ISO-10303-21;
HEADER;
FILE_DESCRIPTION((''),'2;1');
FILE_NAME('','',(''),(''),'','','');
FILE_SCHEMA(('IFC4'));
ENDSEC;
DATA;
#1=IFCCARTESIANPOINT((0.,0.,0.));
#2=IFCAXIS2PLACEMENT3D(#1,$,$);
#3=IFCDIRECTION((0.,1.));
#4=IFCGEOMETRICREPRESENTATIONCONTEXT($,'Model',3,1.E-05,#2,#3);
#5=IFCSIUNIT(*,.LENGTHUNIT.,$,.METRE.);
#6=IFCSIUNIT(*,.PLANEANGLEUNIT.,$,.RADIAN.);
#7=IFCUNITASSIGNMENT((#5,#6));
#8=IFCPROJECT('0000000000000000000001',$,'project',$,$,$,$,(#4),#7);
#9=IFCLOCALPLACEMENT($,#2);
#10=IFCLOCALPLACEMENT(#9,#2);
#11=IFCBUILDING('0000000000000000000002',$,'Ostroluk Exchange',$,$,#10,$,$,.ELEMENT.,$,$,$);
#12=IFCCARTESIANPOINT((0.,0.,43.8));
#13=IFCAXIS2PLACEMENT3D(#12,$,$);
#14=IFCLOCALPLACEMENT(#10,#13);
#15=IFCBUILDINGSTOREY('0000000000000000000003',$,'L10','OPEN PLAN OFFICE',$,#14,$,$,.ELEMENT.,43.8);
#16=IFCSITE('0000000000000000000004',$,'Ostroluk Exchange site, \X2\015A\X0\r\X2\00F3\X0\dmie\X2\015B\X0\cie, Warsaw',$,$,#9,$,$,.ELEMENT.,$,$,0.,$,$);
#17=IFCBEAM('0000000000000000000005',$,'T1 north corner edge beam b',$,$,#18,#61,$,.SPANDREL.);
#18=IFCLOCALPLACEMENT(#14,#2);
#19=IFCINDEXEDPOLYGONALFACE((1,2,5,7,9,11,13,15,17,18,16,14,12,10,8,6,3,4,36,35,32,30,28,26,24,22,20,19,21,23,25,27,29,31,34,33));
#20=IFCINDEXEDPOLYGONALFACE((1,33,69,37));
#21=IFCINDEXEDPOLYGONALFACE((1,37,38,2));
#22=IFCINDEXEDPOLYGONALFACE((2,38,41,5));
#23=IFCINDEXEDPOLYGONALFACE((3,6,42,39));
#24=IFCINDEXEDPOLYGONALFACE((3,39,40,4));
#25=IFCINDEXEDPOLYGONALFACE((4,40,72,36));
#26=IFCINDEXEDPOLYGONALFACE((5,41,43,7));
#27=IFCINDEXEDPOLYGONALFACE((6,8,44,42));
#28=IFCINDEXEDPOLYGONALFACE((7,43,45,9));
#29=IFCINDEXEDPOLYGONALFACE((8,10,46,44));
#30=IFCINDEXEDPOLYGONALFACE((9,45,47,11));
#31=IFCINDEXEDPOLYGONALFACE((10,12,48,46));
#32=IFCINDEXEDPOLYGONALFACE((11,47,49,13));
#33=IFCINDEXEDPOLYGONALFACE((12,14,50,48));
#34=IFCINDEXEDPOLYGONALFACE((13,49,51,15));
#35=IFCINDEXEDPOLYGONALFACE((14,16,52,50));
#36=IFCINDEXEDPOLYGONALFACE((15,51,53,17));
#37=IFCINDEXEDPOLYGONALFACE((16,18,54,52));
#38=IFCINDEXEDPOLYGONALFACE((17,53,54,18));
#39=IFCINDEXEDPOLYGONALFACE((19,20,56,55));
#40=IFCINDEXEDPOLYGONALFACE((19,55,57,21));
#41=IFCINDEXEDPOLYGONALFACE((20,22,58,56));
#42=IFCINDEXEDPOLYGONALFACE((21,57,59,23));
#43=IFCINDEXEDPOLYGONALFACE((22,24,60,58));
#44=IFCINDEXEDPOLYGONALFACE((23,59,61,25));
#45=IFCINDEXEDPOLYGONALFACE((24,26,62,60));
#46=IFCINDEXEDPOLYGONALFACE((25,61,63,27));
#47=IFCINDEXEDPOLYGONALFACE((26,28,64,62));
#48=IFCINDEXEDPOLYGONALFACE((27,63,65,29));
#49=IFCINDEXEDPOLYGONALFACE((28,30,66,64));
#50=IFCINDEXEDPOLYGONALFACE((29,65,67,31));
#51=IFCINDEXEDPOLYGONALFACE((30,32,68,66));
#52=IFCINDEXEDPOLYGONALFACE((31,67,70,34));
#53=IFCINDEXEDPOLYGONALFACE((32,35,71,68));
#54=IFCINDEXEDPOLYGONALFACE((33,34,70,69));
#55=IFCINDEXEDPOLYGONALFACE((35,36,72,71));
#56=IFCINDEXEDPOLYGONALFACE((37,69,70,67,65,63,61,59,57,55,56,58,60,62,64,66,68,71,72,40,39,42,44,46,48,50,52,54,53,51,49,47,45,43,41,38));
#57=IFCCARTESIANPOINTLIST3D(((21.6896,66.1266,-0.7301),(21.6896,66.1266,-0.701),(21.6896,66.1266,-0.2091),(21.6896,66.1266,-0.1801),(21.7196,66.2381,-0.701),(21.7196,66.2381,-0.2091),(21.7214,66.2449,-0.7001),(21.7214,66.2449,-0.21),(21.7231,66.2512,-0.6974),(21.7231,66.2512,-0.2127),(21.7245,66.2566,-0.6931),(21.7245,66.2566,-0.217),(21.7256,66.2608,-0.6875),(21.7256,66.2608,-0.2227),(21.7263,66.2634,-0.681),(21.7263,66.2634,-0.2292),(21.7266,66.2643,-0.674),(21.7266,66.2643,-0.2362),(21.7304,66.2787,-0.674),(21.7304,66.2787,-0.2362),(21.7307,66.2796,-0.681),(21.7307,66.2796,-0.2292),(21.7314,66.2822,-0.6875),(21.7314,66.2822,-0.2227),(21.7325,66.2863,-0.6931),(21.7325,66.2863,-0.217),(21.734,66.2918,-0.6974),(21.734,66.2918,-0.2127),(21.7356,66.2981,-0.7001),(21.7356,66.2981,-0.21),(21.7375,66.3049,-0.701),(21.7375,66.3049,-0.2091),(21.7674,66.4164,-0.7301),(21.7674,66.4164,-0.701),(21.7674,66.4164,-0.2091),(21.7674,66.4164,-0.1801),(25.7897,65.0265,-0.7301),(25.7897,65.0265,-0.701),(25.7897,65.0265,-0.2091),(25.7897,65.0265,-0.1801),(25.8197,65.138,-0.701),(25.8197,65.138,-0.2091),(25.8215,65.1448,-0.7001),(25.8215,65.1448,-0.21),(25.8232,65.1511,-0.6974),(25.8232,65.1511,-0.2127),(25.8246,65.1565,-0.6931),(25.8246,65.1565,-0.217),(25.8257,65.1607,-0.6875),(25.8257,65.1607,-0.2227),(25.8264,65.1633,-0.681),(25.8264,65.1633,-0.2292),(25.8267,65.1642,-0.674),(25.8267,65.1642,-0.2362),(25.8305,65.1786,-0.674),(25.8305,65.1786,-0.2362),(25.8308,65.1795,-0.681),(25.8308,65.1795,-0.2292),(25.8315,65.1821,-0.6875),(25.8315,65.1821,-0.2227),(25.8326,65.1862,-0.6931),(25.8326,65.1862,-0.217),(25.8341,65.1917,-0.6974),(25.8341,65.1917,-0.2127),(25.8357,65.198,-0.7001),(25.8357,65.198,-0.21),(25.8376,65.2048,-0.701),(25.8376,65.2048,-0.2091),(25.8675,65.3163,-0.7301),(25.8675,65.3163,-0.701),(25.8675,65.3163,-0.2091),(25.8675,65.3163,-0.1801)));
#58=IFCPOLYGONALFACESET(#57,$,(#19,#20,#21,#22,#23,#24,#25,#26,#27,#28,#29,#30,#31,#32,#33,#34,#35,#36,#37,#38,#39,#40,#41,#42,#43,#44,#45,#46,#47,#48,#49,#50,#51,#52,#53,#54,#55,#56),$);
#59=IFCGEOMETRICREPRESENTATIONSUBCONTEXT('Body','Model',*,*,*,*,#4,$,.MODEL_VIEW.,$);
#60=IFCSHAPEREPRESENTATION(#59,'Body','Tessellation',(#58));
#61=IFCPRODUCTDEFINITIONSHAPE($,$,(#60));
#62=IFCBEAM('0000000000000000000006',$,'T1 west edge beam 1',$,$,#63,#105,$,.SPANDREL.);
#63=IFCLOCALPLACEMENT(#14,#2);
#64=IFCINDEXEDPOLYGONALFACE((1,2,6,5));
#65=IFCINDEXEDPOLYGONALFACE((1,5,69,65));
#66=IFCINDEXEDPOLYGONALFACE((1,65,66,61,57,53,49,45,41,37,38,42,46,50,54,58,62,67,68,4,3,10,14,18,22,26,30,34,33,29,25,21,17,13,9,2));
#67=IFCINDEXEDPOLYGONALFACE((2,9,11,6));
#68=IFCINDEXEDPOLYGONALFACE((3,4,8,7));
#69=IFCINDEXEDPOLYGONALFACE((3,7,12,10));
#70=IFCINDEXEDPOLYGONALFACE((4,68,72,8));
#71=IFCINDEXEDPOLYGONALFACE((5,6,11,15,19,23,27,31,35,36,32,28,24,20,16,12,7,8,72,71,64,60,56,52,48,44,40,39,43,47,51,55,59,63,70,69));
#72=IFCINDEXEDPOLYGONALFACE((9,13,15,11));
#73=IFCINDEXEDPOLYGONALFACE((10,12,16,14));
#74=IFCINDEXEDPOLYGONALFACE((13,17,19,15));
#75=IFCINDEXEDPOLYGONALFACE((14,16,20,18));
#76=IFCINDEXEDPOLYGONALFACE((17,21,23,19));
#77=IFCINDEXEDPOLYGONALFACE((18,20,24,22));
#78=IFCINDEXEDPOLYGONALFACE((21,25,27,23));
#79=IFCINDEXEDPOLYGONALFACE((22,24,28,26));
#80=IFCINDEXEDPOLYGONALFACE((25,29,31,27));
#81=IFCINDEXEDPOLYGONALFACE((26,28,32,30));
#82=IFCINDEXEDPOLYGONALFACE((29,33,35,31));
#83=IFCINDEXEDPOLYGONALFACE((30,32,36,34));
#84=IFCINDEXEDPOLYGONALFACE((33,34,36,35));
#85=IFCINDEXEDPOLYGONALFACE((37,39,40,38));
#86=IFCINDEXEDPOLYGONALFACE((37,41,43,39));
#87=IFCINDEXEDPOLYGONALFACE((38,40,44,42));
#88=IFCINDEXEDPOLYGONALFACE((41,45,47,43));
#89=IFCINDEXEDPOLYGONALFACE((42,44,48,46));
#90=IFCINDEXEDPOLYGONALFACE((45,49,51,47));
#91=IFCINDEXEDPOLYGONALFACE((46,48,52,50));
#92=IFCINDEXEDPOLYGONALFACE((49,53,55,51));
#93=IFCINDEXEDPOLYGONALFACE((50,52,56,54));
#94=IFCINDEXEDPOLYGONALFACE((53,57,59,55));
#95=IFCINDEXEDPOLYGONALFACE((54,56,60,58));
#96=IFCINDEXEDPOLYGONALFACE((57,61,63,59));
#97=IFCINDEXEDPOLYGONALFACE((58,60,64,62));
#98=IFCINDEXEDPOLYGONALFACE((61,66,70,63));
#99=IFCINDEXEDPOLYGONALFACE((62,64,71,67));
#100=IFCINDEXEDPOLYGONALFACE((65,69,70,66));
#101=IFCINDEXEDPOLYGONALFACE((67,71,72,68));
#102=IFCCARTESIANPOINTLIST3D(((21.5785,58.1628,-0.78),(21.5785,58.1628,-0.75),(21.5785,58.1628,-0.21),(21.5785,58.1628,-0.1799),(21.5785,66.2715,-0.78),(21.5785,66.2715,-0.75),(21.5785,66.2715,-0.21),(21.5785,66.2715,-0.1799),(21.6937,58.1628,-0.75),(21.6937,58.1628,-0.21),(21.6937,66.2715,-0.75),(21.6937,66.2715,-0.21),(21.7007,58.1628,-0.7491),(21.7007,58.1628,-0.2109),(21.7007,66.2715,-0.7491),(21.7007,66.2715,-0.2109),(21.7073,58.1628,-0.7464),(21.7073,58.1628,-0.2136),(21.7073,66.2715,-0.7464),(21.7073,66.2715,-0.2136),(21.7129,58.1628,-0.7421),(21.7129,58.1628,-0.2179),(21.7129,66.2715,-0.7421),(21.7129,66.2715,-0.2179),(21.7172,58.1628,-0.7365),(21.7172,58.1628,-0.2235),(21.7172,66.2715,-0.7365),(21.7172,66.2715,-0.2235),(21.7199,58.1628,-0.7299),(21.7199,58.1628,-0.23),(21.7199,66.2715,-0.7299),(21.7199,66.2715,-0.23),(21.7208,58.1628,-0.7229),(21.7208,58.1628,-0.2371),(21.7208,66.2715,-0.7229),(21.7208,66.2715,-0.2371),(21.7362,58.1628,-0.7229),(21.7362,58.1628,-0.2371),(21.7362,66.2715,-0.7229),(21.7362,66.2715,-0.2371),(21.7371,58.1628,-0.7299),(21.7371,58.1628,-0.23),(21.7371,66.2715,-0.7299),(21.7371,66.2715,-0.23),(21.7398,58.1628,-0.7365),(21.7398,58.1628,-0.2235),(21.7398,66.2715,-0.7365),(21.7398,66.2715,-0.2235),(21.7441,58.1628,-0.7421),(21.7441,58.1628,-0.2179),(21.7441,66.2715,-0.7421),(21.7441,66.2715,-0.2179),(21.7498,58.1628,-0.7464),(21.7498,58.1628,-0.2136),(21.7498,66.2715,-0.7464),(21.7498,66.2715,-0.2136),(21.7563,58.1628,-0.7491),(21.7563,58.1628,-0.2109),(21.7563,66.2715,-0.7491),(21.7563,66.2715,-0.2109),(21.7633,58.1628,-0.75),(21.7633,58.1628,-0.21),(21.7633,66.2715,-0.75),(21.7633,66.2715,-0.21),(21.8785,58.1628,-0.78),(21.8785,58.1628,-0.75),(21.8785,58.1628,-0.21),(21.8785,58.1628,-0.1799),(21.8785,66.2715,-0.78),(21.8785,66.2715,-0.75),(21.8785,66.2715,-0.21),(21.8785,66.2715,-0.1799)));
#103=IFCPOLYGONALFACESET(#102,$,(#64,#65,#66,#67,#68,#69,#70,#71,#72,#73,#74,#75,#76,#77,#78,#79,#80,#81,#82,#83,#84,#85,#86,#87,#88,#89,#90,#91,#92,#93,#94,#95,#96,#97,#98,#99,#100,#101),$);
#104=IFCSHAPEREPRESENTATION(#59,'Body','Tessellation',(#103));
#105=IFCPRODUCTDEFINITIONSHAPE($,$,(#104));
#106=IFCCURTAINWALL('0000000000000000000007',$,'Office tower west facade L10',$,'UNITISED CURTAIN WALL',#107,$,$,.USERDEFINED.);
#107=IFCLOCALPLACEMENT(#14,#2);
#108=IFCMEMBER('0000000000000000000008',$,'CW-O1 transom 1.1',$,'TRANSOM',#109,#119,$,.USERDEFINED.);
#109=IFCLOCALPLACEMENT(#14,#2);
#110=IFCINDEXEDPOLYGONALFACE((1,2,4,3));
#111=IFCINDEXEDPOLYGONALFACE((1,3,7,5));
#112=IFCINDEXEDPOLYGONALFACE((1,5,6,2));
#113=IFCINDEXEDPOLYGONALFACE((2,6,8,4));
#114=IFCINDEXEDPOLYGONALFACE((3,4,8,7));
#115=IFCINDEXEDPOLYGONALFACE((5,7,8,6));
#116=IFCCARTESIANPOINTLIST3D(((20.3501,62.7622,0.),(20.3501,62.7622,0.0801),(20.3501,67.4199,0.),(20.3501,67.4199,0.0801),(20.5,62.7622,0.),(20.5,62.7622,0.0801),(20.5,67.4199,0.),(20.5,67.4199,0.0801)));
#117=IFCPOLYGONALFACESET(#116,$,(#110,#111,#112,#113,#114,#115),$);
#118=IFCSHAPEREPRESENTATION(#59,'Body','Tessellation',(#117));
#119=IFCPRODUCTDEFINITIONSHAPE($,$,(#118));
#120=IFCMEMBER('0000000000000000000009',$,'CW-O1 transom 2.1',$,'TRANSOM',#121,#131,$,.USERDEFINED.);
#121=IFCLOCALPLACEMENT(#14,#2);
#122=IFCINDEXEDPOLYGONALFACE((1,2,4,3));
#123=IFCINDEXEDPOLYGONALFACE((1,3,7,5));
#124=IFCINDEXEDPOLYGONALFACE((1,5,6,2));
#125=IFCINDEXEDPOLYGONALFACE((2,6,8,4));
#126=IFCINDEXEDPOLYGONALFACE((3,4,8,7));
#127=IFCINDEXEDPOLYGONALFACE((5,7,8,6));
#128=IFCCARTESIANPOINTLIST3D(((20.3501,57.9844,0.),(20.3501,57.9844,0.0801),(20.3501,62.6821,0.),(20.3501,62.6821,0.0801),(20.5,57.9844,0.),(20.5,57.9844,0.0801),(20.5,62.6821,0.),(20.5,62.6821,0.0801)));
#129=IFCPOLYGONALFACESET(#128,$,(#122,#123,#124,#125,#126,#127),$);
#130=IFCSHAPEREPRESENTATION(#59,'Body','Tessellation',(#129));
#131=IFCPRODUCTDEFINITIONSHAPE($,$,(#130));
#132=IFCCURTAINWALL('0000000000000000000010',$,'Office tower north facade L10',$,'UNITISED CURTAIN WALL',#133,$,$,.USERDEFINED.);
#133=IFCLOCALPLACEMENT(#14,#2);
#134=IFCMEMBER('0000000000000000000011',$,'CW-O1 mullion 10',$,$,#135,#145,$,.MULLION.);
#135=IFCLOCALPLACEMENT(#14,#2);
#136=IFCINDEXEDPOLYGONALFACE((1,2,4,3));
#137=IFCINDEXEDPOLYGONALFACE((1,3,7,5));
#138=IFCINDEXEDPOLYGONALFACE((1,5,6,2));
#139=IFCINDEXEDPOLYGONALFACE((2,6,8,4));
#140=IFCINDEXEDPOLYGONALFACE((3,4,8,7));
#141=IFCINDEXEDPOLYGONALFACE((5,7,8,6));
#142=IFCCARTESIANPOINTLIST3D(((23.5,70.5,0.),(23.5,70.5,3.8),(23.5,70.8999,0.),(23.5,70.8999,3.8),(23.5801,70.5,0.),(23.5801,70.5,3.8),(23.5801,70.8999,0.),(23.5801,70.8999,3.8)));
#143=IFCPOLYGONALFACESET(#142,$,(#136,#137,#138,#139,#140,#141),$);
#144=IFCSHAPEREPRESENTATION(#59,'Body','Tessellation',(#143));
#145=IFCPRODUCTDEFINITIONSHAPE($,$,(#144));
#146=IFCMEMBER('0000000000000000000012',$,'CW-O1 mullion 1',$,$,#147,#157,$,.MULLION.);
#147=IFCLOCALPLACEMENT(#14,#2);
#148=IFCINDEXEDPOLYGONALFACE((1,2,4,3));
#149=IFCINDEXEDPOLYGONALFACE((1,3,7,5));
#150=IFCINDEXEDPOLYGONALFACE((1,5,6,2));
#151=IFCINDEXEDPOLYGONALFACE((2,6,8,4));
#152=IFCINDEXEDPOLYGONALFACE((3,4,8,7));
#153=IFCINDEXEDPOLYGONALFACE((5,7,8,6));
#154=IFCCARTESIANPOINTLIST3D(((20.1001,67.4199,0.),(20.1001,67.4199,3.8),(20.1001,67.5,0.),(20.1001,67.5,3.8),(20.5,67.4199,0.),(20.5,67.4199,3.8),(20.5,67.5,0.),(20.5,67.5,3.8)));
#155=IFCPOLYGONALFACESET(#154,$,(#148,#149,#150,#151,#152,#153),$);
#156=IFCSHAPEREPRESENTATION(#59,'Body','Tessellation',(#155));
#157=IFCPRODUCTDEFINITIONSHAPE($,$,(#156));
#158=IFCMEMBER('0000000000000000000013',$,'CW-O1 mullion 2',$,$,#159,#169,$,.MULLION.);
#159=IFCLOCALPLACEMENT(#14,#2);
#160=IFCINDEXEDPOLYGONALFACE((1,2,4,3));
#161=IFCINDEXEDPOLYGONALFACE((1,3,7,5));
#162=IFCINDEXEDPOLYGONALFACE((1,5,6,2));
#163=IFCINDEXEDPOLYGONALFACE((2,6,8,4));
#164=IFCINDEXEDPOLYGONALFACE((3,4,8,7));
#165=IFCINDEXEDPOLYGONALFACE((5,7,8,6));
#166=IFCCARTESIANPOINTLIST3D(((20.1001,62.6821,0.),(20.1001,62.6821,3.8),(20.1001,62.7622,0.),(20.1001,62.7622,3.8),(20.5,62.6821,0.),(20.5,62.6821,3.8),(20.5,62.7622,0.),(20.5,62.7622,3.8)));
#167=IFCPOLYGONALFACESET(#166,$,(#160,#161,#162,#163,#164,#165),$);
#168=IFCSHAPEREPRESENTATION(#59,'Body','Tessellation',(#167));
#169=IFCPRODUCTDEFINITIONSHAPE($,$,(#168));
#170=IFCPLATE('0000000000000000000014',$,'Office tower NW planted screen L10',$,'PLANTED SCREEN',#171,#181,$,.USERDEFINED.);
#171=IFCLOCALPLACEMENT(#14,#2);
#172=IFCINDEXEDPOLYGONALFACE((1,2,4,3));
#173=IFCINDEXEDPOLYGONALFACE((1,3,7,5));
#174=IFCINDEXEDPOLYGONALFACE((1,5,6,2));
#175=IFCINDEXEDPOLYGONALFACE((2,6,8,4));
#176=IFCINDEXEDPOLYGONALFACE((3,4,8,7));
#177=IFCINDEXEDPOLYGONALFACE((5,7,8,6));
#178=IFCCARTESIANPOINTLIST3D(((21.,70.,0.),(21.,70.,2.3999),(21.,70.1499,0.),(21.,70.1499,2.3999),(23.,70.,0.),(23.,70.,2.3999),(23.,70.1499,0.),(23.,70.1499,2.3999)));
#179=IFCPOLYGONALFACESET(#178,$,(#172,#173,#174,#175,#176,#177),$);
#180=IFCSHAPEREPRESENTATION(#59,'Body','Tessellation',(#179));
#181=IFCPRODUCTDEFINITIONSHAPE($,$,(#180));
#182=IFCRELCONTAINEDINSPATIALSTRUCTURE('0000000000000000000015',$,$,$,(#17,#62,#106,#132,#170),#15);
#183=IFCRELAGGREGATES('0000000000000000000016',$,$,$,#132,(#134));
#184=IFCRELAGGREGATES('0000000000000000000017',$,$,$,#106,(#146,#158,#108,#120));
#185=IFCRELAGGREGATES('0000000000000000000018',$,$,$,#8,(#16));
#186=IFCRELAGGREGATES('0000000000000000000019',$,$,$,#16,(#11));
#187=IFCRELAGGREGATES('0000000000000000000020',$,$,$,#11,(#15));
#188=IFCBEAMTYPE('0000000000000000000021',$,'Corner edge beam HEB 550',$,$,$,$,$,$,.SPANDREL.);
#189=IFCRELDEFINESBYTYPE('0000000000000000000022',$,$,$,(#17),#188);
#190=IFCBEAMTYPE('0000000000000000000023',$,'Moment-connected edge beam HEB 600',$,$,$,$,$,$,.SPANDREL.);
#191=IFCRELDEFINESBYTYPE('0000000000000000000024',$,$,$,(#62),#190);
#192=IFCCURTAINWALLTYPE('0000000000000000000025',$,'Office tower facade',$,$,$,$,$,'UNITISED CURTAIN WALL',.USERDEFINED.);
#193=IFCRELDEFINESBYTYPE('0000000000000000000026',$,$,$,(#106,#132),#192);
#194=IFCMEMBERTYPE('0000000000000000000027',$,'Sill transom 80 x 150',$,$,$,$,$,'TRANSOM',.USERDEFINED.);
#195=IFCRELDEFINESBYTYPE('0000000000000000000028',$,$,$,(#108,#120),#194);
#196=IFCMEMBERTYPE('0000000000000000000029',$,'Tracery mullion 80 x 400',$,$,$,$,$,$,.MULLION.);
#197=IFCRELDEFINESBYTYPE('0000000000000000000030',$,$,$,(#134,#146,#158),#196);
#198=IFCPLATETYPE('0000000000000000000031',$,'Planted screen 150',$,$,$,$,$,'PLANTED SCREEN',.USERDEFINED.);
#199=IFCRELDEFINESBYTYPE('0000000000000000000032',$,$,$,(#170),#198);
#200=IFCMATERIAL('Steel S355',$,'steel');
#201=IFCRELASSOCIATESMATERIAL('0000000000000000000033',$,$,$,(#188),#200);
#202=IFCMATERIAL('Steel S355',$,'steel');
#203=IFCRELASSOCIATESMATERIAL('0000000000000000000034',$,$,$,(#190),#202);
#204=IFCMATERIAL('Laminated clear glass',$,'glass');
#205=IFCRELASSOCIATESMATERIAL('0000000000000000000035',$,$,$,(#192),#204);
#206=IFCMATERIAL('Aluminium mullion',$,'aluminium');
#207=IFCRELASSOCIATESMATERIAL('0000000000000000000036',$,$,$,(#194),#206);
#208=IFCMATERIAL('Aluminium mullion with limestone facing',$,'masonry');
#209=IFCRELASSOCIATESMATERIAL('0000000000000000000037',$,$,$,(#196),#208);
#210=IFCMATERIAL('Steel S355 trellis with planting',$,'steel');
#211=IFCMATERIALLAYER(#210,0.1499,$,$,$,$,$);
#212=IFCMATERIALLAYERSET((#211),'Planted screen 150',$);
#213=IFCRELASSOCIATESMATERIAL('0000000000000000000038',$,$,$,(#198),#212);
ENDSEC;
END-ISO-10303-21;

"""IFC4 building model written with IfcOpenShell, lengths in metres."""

from ifc_helpers import new_model, si_unit, direction, frame, origin, origin_2d, place, context, subcontext, project, spatial, rectangle, i_section, extrude, material, layer, layer_set, material_profile, profile_set, type_object, element, aggregate, save


model = new_model("IFC4")

# Units and contexts
model_context = context("Model", 3, precision=1e-05, world=origin(), true_north=direction((0.0, 1.0)))
body_context = subcontext(model_context, "Body", "Model", "MODEL_VIEW")
ifc_project = project(units=[si_unit("LENGTHUNIT", "METRE"), si_unit("PLANEANGLEUNIT", "RADIAN")], contexts=[model_context])

# Site, building, storey
site_placement = place(None, origin())
site = spatial("IfcSite", under=ifc_project, at=site_placement, Name="Ostroluk Exchange site, Śródmieście, Warsaw", CompositionType="ELEMENT", RefElevation=0.0)
building_placement = place(site_placement, origin())
building = spatial("IfcBuilding", under=site, at=building_placement, Name="Ostroluk Exchange", CompositionType="ELEMENT")
storey_placement = place(building_placement, frame((0.0, 0.0, 43.8)))
storey = spatial("IfcBuildingStorey", under=building, at=storey_placement, Name="L10", Description="OPEN PLAN OFFICE", CompositionType="ELEMENT", Elevation=43.8)

# Beams
ifc_material_1 = material(Name="Steel S355", Category="steel")
ifc_material_profile_1 = material_profile(ifc_material_1, i_section(OverallWidth=0.3, OverallDepth=0.55, WebThickness=0.0149, FlangeThickness=0.0291, FilletRadius=0.0271, at=origin_2d()), Name="HEB 550")
ifc_profile_set_1 = profile_set([ifc_material_profile_1], Name="Steel S355")
beam_type_1 = type_object("IfcBeamType", Name="Corner edge beam HEB 550", PredefinedType="SPANDREL", material=ifc_profile_set_1)
for number, where, z_axis, x_axis, name in (
    (1, (25.8286, 65.1714, -0.4551), (-0.965839, 0.259144, 0.0), (-0.259144, -0.965839, 0.0), "T1 north corner edge beam b"),
):
    element("IfcBeam", number, at=place(storey_placement, frame(where, z_axis=z_axis, x_axis=x_axis)), inside=storey, type_object=beam_type_1, Name=name, PredefinedType="SPANDREL", context=body_context, shape_type="SweptSolid", body=[
        extrude(i_section(OverallWidth=0.3, OverallDepth=0.55, WebThickness=0.0149, FlangeThickness=0.0291, FilletRadius=0.0271, at=origin_2d()), origin(), (0.0, 0.0, 1.0), 4.2451),
    ])
ifc_material_2 = material(Name="Steel S355", Category="steel")
ifc_material_profile_2 = material_profile(ifc_material_2, i_section(OverallWidth=0.3, OverallDepth=0.6001, WebThickness=0.0154, FlangeThickness=0.03, FilletRadius=0.0271, at=origin_2d()), Name="HEB 600")
ifc_profile_set_2 = profile_set([ifc_material_profile_2], Name="Steel S355")
beam_type_2 = type_object("IfcBeamType", Name="Moment-connected edge beam HEB 600", PredefinedType="SPANDREL", material=ifc_profile_set_2)
beam_1_placement = place(storey_placement, frame((21.7285, 66.2715, -0.48), z_axis=(0.0, -1.0, 0.0), x_axis=(1.0, 0.0, 0.0)))
element("IfcBeam", 2, at=beam_1_placement, inside=storey, type_object=beam_type_2, Name="T1 west edge beam 1", PredefinedType="SPANDREL", context=body_context, shape_type="SweptSolid", body=[
    extrude(i_section(OverallWidth=0.3, OverallDepth=0.6001, WebThickness=0.0154, FlangeThickness=0.03, FilletRadius=0.0271, at=origin_2d()), origin(), (0.0, 0.0, 1.0), 8.1086),
])

# Curtain wall, members
ifc_material_3 = material(Name="Laminated clear glass", Category="glass")
curtain_wall_type = type_object("IfcCurtainWallType", Name="Office tower facade", ElementType="UNITISED CURTAIN WALL", PredefinedType="USERDEFINED", material=ifc_material_3)
curtain_wall_1_placement = place(storey_placement, origin())
curtain_wall_1 = element("IfcCurtainWall", 3, at=curtain_wall_1_placement, inside=storey, type_object=curtain_wall_type, Name="Office tower west facade L10", ObjectType="UNITISED CURTAIN WALL", PredefinedType="USERDEFINED")
ifc_material_4 = material(Name="Aluminium mullion", Category="aluminium")
ifc_material_profile_3 = material_profile(ifc_material_4, rectangle(XDim=0.1499, YDim=0.0801, at=origin_2d()), Name="Sill transom 80 x 150")
ifc_profile_set_3 = profile_set([ifc_material_profile_3], Name="Aluminium mullion")
member_type_1 = type_object("IfcMemberType", Name="Sill transom 80 x 150", ElementType="TRANSOM", PredefinedType="USERDEFINED", material=ifc_profile_set_3)
member_1_placement = place(storey_placement, frame((20.425, 67.4199, 0.04), z_axis=(0.0, -1.0, 0.0), x_axis=(1.0, 0.0, 0.0)))
member_1 = element("IfcMember", 4, at=member_1_placement, type_object=member_type_1, Name="CW-O1 transom 1.1", ObjectType="TRANSOM", PredefinedType="USERDEFINED", context=body_context, shape_type="SweptSolid", body=[
    extrude(rectangle(XDim=0.1499, YDim=0.0801, at=origin_2d()), origin(), (0.0, 0.0, 1.0), 4.6577),
])
member_2_placement = place(storey_placement, frame((20.425, 62.6821, 0.04), z_axis=(0.0, -1.0, 0.0), x_axis=(1.0, 0.0, 0.0)))
member_2 = element("IfcMember", 5, at=member_2_placement, type_object=member_type_1, Name="CW-O1 transom 2.1", ObjectType="TRANSOM", PredefinedType="USERDEFINED", context=body_context, shape_type="SweptSolid", body=[
    extrude(rectangle(XDim=0.1499, YDim=0.0801, at=origin_2d()), origin(), (0.0, 0.0, 1.0), 4.6978),
])

# Curtain wall, member
curtain_wall_2_placement = place(storey_placement, origin())
curtain_wall_2 = element("IfcCurtainWall", 6, at=curtain_wall_2_placement, inside=storey, type_object=curtain_wall_type, Name="Office tower north facade L10", ObjectType="UNITISED CURTAIN WALL", PredefinedType="USERDEFINED")
ifc_material_5 = material(Name="Aluminium mullion with limestone facing", Category="masonry")
ifc_material_profile_4 = material_profile(ifc_material_5, rectangle(XDim=0.3999, YDim=0.0801, at=origin_2d()), Name="Tracery mullion 80 x 400")
ifc_profile_set_4 = profile_set([ifc_material_profile_4], Name="Aluminium mullion with limestone facing")
member_type_2 = type_object("IfcMemberType", Name="Tracery mullion 80 x 400", PredefinedType="MULLION", material=ifc_profile_set_4)
member_3_placement = place(storey_placement, frame((23.54, 70.7, 0.0), z_axis=(0.0, 0.0, 1.0), x_axis=(0.0, -1.0, 0.0)))
member_3 = element("IfcMember", 7, at=member_3_placement, type_object=member_type_2, Name="CW-O1 mullion 10", PredefinedType="MULLION", context=body_context, shape_type="SweptSolid", body=[
    extrude(rectangle(XDim=0.3999, YDim=0.0801, at=origin_2d()), origin(), (0.0, 0.0, 1.0), 3.8),
])
aggregate(curtain_wall_2, [member_3])

# Members
member_4_placement = place(storey_placement, frame((20.3, 67.46, 0.0), z_axis=(0.0, 0.0, 1.0), x_axis=(1.0, 0.0, 0.0)))
member_4 = element("IfcMember", 8, at=member_4_placement, type_object=member_type_2, Name="CW-O1 mullion 1", PredefinedType="MULLION", context=body_context, shape_type="SweptSolid", body=[
    extrude(rectangle(XDim=0.3999, YDim=0.0801, at=origin_2d()), origin(), (0.0, 0.0, 1.0), 3.8),
])
member_5_placement = place(storey_placement, frame((20.3, 62.7222, 0.0), z_axis=(0.0, 0.0, 1.0), x_axis=(1.0, 0.0, 0.0)))
member_5 = element("IfcMember", 9, at=member_5_placement, type_object=member_type_2, Name="CW-O1 mullion 2", PredefinedType="MULLION", context=body_context, shape_type="SweptSolid", body=[
    extrude(rectangle(XDim=0.3999, YDim=0.0801, at=origin_2d()), origin(), (0.0, 0.0, 1.0), 3.8),
])

# Plate
ifc_material_6 = material(Name="Steel S355 trellis with planting", Category="steel")
ifc_layer_1 = layer(ifc_material_6, 0.1499)
ifc_layer_set_1 = layer_set([ifc_layer_1], Name="Planted screen 150")
plate_type_1 = type_object("IfcPlateType", Name="Planted screen 150", ElementType="PLANTED SCREEN", PredefinedType="USERDEFINED", material=ifc_layer_set_1)
plate_1_placement = place(storey_placement, frame((22.0, 70.075, 0.0), z_axis=(0.0, 0.0, 1.0), x_axis=(1.0, 0.0, 0.0)))
element("IfcPlate", 10, at=plate_1_placement, inside=storey, type_object=plate_type_1, Name="Office tower NW planted screen L10", ObjectType="PLANTED SCREEN", PredefinedType="USERDEFINED", context=body_context, shape_type="SweptSolid", body=[
    extrude(rectangle(XDim=2.0, YDim=0.1499, at=origin_2d()), origin(), (0.0, 0.0, 1.0), 2.3999),
])
aggregate(curtain_wall_1, [member_4, member_5, member_1, member_2])

save(model, "model.ifc")
